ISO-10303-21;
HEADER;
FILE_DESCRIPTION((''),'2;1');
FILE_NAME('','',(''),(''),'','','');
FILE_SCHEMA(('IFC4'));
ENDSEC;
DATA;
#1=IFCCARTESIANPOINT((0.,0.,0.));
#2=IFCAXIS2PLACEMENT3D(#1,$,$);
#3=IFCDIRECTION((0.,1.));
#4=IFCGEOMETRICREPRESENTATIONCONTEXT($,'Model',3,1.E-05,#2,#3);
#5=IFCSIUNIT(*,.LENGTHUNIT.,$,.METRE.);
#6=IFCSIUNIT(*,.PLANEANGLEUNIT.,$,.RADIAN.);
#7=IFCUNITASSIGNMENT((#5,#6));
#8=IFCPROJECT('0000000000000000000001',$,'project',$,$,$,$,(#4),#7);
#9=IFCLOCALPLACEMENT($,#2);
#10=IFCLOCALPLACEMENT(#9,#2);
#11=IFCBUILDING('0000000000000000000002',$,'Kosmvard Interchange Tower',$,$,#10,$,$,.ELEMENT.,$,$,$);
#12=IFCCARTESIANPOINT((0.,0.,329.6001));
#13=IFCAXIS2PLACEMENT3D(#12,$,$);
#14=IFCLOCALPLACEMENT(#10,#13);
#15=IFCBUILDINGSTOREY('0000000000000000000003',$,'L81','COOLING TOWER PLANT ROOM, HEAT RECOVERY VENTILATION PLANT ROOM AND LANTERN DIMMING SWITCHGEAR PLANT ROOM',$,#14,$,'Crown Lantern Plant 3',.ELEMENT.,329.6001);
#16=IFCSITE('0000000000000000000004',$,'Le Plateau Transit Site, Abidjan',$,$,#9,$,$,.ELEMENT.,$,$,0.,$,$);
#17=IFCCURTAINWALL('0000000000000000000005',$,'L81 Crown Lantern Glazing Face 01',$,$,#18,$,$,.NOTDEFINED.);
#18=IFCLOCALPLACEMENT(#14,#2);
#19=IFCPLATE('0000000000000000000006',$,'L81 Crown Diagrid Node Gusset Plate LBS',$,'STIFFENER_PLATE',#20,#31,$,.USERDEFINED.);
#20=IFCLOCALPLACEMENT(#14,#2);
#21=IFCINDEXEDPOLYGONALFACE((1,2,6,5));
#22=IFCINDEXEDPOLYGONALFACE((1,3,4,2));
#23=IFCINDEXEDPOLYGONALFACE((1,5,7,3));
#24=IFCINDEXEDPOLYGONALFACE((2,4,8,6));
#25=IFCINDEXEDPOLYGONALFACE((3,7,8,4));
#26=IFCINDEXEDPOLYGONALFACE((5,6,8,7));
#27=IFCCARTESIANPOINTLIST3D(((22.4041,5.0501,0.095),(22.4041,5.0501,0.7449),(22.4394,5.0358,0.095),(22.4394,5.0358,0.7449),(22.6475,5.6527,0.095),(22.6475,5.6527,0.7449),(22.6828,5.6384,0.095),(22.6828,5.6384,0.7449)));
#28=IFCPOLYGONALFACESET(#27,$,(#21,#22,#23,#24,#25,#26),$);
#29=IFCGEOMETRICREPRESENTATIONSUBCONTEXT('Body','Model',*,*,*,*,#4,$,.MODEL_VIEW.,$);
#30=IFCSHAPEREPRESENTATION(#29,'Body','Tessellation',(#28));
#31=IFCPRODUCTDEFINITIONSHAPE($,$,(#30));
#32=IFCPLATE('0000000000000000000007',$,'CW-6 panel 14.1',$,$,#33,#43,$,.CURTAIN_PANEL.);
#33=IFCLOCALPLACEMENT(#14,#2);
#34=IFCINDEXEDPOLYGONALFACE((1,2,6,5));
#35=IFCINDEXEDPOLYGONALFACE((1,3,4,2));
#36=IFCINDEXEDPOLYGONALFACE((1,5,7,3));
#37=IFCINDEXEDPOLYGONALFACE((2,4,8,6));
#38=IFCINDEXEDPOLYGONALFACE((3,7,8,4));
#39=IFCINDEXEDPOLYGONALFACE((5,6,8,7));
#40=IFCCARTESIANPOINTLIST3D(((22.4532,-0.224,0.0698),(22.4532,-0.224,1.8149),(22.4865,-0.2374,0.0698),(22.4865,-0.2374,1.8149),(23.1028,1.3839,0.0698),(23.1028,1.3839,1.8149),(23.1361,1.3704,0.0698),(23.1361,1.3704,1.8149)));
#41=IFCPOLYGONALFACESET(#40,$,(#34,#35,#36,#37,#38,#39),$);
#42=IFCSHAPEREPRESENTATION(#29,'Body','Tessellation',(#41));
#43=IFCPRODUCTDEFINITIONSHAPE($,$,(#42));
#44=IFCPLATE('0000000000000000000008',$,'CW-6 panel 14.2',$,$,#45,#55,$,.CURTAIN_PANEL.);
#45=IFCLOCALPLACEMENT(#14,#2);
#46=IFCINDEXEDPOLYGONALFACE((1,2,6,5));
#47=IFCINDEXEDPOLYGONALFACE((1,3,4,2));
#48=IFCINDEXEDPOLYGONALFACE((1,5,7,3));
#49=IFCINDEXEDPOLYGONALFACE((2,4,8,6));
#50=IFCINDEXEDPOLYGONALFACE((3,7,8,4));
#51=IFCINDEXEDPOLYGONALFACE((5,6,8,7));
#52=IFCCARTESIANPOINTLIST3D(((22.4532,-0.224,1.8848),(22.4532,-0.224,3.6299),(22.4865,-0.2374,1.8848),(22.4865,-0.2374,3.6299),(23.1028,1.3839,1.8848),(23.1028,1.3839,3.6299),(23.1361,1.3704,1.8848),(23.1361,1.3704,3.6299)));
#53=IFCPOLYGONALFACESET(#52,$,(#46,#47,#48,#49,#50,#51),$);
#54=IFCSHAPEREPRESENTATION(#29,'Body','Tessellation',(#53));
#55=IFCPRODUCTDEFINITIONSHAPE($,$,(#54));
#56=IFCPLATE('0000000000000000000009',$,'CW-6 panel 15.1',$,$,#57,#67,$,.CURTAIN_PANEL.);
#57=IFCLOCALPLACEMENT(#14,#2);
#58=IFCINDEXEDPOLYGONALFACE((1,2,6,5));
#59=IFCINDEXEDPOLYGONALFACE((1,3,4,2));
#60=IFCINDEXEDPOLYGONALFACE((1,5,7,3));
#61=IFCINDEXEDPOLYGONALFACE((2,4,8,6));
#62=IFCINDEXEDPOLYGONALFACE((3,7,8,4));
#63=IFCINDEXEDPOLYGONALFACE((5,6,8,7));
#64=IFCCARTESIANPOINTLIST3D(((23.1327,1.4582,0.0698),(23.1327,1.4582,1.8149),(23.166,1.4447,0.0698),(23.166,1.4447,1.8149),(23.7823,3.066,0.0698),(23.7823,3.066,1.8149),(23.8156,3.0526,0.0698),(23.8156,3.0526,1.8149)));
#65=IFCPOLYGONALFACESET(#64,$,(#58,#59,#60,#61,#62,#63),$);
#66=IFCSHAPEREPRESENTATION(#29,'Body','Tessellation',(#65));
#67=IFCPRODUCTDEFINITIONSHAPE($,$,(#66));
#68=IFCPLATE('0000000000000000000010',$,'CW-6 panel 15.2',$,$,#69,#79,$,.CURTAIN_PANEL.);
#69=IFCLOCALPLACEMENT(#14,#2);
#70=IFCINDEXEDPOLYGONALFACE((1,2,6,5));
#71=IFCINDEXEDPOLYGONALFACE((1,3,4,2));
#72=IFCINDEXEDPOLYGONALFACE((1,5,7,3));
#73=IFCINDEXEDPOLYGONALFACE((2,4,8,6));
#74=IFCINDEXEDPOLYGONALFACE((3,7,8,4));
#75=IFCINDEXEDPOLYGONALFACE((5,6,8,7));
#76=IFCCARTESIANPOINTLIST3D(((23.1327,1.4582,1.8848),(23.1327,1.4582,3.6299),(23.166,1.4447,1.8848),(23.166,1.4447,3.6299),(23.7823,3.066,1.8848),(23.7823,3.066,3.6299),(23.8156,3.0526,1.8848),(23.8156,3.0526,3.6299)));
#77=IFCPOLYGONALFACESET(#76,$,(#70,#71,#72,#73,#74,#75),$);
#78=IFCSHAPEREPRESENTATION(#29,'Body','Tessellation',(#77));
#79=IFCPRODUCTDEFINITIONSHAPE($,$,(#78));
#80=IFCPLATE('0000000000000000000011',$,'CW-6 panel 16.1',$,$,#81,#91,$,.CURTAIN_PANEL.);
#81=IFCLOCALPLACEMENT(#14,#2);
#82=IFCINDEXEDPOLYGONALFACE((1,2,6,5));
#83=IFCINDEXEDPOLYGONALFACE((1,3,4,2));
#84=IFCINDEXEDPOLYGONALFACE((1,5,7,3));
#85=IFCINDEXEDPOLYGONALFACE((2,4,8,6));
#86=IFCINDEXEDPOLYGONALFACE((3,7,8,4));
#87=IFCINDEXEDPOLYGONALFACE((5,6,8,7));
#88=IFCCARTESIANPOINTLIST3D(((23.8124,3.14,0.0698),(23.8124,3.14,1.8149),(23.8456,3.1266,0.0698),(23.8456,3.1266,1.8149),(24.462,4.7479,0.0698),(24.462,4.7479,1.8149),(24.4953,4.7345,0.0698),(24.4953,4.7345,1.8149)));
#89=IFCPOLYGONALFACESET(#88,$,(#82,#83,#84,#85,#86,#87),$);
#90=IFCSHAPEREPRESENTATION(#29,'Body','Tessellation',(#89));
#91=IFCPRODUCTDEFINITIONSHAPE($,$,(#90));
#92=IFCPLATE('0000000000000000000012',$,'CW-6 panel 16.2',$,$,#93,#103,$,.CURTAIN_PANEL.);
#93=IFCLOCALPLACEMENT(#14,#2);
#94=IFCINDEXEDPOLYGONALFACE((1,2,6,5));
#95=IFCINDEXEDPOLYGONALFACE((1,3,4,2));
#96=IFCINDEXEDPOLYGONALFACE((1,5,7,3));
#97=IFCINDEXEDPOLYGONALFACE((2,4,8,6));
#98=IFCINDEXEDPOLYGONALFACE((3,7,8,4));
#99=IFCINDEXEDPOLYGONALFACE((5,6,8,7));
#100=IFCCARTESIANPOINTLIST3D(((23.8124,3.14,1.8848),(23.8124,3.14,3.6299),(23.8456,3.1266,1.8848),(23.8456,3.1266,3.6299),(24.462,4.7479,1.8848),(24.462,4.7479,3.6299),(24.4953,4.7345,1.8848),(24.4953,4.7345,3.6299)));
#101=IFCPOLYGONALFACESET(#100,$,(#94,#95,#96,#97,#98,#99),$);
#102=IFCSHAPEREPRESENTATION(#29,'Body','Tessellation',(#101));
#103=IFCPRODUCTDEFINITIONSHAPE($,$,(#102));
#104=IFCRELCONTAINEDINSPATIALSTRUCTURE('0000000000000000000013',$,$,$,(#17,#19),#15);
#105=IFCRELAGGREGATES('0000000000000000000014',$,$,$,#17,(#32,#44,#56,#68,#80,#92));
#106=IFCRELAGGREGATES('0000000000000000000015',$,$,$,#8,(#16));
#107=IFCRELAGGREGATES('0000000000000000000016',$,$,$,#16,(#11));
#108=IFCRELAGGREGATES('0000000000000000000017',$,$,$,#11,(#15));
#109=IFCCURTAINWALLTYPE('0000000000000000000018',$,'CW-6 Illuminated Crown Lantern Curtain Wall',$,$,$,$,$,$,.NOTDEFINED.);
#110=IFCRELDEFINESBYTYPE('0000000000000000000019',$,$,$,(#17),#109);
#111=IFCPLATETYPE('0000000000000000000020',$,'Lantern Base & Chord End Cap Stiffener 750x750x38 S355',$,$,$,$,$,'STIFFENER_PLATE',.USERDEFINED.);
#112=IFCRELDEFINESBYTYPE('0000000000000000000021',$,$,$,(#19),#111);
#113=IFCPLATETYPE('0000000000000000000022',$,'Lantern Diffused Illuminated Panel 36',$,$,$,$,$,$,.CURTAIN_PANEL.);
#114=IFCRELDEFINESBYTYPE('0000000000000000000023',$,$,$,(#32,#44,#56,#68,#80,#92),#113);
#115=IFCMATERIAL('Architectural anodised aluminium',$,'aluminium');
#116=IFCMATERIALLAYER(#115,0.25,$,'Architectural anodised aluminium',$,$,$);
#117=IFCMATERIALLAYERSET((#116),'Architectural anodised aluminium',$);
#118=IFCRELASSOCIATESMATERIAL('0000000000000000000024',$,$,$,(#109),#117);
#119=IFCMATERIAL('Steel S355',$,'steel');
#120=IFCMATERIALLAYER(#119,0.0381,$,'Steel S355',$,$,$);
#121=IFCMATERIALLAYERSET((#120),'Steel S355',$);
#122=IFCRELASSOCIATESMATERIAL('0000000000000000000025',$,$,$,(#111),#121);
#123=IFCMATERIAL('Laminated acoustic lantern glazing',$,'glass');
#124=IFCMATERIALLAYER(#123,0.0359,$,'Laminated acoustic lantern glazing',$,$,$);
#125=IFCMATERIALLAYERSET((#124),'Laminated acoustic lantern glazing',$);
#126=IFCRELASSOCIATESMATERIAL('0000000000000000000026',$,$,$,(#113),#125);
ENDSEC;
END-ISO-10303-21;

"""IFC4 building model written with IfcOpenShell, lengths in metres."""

from ifc_helpers import new_model, si_unit, direction, frame, origin, origin_2d, place, context, subcontext, project, spatial, rectangle, extrude, source, transform, mapped, material, layer, layer_set, type_object, element, aggregate, save


model = new_model("IFC4")

# Units and contexts
model_context = context("Model", 3, precision=1e-05, world=origin(), true_north=direction((0.0, 1.0)))
body_context = subcontext(model_context, "Body", "Model", "MODEL_VIEW")
ifc_project = project(units=[si_unit("LENGTHUNIT", "METRE"), si_unit("PLANEANGLEUNIT", "RADIAN")], contexts=[model_context])

# Site, building, storey
site_placement = place(None, origin())
site = spatial("IfcSite", under=ifc_project, at=site_placement, Name="Le Plateau Transit Site, Abidjan", CompositionType="ELEMENT", RefElevation=0.0)
building_placement = place(site_placement, origin())
building = spatial("IfcBuilding", under=site, at=building_placement, Name="Kosmvard Interchange Tower", CompositionType="ELEMENT")
storey_placement = place(building_placement, frame((0.0, 0.0, 329.6001)))
storey = spatial("IfcBuildingStorey", under=building, at=storey_placement, Name="L81", Description="COOLING TOWER PLANT ROOM, HEAT RECOVERY VENTILATION PLANT ROOM AND LANTERN DIMMING SWITCHGEAR PLANT ROOM", LongName="Crown Lantern Plant 3", CompositionType="ELEMENT", Elevation=329.6001)

# Shared definitions
ifc_material_1 = material(Name="Steel S355", Category="steel")

# Curtain wall
ifc_material_2 = material(Name="Architectural anodised aluminium", Category="aluminium")
ifc_layer_1 = layer(ifc_material_2, 0.25, Name="Architectural anodised aluminium")
ifc_layer_set_1 = layer_set([ifc_layer_1], Name="Architectural anodised aluminium")
curtain_wall_type = type_object("IfcCurtainWallType", Name="CW-6 Illuminated Crown Lantern Curtain Wall", PredefinedType="NOTDEFINED", material=ifc_layer_set_1)
curtain_wall_placement = place(storey_placement, origin())
curtain_wall = element("IfcCurtainWall", 1, at=curtain_wall_placement, inside=storey, type_object=curtain_wall_type, Name="L81 Crown Lantern Glazing Face 01", PredefinedType="NOTDEFINED")

# Plates
ifc_layer_2 = layer(ifc_material_1, 0.0381, Name="Steel S355")
ifc_layer_set_2 = layer_set([ifc_layer_2], Name="Steel S355")
plate_type_1 = type_object("IfcPlateType", Name="Lantern Base & Chord End Cap Stiffener 750x750x38 S355", ElementType="STIFFENER_PLATE", PredefinedType="USERDEFINED", material=ifc_layer_set_2)
shared_shape_1 = source(origin(), body_context, "Body", "SweptSolid", [
    extrude(rectangle(XDim=0.6499, YDim=0.0381, at=origin_2d()), origin(), (0.0, 0.0, 1.0), 0.6499),
])
plate_1_placement = place(storey_placement, frame((22.5435, 5.3442, 0.095), z_axis=(0.0, 0.0, 1.0), x_axis=(0.374607, 0.927184, 0.0)))
element("IfcPlate", 2, at=plate_1_placement, inside=storey, type_object=plate_type_1, Name="L81 Crown Diagrid Node Gusset Plate LBS", ObjectType="STIFFENER_PLATE", PredefinedType="USERDEFINED", context=body_context, shape_type="MappedRepresentation", body=[
    mapped(shared_shape_1, transform((0.0, 0.0, 0.0), scale=1.0)),
])
ifc_material_3 = material(Name="Laminated acoustic lantern glazing", Category="glass")
ifc_layer_3 = layer(ifc_material_3, 0.0359, Name="Laminated acoustic lantern glazing")
ifc_layer_set_3 = layer_set([ifc_layer_3], Name="Laminated acoustic lantern glazing")
plate_type_2 = type_object("IfcPlateType", Name="Lantern Diffused Illuminated Panel 36", PredefinedType="CURTAIN_PANEL", material=ifc_layer_set_3)
shared_shape_2 = source(origin(), body_context, "Body", "SweptSolid", [
    extrude(rectangle(XDim=1.7341, YDim=0.0359, at=origin_2d()), origin(), (0.0, 0.0, 1.0), 1.7451),
])
plate_2_placement = place(storey_placement, frame((22.7947, 0.5732, 0.0698), z_axis=(0.0, 0.0, 1.0), x_axis=(0.374607, 0.927184, 0.0)))
plate_2 = element("IfcPlate", 3, at=plate_2_placement, type_object=plate_type_2, Name="CW-6 panel 14.1", PredefinedType="CURTAIN_PANEL", context=body_context, shape_type="MappedRepresentation", body=[
    mapped(shared_shape_2, transform((0.0, 0.0, 0.0), scale=1.0)),
])
plate_3_placement = place(storey_placement, frame((22.7947, 0.5732, 1.8848), z_axis=(0.0, 0.0, 1.0), x_axis=(0.374607, 0.927184, 0.0)))
plate_3 = element("IfcPlate", 4, at=plate_3_placement, type_object=plate_type_2, Name="CW-6 panel 14.2", PredefinedType="CURTAIN_PANEL", context=body_context, shape_type="MappedRepresentation", body=[
    mapped(shared_shape_2, transform((0.0, 0.0, 0.0), scale=1.0)),
])
plate_4_placement = place(storey_placement, frame((23.4741, 2.2554, 0.0698), z_axis=(0.0, 0.0, 1.0), x_axis=(0.374607, 0.927184, 0.0)))
plate_4 = element("IfcPlate", 5, at=plate_4_placement, type_object=plate_type_2, Name="CW-6 panel 15.1", PredefinedType="CURTAIN_PANEL", context=body_context, shape_type="MappedRepresentation", body=[
    mapped(shared_shape_2, transform((0.0, 0.0, 0.0), scale=1.0)),
])
plate_5_placement = place(storey_placement, frame((23.4741, 2.2554, 1.8848), z_axis=(0.0, 0.0, 1.0), x_axis=(0.374607, 0.927184, 0.0)))
plate_5 = element("IfcPlate", 6, at=plate_5_placement, type_object=plate_type_2, Name="CW-6 panel 15.2", PredefinedType="CURTAIN_PANEL", context=body_context, shape_type="MappedRepresentation", body=[
    mapped(shared_shape_2, transform((0.0, 0.0, 0.0), scale=1.0)),
])
plate_6_placement = place(storey_placement, frame((24.1538, 3.9373, 0.0698), z_axis=(0.0, 0.0, 1.0), x_axis=(0.374607, 0.927184, 0.0)))
plate_6 = element("IfcPlate", 7, at=plate_6_placement, type_object=plate_type_2, Name="CW-6 panel 16.1", PredefinedType="CURTAIN_PANEL", context=body_context, shape_type="MappedRepresentation", body=[
    mapped(shared_shape_2, transform((0.0, 0.0, 0.0), scale=1.0)),
])
plate_7_placement = place(storey_placement, frame((24.1538, 3.9373, 1.8848), z_axis=(0.0, 0.0, 1.0), x_axis=(0.374607, 0.927184, 0.0)))
plate_7 = element("IfcPlate", 8, at=plate_7_placement, type_object=plate_type_2, Name="CW-6 panel 16.2", PredefinedType="CURTAIN_PANEL", context=body_context, shape_type="MappedRepresentation", body=[
    mapped(shared_shape_2, transform((0.0, 0.0, 0.0), scale=1.0)),
])
aggregate(curtain_wall, [plate_2, plate_3, plate_4, plate_5, plate_6, plate_7])

save(model, "model.ifc")
